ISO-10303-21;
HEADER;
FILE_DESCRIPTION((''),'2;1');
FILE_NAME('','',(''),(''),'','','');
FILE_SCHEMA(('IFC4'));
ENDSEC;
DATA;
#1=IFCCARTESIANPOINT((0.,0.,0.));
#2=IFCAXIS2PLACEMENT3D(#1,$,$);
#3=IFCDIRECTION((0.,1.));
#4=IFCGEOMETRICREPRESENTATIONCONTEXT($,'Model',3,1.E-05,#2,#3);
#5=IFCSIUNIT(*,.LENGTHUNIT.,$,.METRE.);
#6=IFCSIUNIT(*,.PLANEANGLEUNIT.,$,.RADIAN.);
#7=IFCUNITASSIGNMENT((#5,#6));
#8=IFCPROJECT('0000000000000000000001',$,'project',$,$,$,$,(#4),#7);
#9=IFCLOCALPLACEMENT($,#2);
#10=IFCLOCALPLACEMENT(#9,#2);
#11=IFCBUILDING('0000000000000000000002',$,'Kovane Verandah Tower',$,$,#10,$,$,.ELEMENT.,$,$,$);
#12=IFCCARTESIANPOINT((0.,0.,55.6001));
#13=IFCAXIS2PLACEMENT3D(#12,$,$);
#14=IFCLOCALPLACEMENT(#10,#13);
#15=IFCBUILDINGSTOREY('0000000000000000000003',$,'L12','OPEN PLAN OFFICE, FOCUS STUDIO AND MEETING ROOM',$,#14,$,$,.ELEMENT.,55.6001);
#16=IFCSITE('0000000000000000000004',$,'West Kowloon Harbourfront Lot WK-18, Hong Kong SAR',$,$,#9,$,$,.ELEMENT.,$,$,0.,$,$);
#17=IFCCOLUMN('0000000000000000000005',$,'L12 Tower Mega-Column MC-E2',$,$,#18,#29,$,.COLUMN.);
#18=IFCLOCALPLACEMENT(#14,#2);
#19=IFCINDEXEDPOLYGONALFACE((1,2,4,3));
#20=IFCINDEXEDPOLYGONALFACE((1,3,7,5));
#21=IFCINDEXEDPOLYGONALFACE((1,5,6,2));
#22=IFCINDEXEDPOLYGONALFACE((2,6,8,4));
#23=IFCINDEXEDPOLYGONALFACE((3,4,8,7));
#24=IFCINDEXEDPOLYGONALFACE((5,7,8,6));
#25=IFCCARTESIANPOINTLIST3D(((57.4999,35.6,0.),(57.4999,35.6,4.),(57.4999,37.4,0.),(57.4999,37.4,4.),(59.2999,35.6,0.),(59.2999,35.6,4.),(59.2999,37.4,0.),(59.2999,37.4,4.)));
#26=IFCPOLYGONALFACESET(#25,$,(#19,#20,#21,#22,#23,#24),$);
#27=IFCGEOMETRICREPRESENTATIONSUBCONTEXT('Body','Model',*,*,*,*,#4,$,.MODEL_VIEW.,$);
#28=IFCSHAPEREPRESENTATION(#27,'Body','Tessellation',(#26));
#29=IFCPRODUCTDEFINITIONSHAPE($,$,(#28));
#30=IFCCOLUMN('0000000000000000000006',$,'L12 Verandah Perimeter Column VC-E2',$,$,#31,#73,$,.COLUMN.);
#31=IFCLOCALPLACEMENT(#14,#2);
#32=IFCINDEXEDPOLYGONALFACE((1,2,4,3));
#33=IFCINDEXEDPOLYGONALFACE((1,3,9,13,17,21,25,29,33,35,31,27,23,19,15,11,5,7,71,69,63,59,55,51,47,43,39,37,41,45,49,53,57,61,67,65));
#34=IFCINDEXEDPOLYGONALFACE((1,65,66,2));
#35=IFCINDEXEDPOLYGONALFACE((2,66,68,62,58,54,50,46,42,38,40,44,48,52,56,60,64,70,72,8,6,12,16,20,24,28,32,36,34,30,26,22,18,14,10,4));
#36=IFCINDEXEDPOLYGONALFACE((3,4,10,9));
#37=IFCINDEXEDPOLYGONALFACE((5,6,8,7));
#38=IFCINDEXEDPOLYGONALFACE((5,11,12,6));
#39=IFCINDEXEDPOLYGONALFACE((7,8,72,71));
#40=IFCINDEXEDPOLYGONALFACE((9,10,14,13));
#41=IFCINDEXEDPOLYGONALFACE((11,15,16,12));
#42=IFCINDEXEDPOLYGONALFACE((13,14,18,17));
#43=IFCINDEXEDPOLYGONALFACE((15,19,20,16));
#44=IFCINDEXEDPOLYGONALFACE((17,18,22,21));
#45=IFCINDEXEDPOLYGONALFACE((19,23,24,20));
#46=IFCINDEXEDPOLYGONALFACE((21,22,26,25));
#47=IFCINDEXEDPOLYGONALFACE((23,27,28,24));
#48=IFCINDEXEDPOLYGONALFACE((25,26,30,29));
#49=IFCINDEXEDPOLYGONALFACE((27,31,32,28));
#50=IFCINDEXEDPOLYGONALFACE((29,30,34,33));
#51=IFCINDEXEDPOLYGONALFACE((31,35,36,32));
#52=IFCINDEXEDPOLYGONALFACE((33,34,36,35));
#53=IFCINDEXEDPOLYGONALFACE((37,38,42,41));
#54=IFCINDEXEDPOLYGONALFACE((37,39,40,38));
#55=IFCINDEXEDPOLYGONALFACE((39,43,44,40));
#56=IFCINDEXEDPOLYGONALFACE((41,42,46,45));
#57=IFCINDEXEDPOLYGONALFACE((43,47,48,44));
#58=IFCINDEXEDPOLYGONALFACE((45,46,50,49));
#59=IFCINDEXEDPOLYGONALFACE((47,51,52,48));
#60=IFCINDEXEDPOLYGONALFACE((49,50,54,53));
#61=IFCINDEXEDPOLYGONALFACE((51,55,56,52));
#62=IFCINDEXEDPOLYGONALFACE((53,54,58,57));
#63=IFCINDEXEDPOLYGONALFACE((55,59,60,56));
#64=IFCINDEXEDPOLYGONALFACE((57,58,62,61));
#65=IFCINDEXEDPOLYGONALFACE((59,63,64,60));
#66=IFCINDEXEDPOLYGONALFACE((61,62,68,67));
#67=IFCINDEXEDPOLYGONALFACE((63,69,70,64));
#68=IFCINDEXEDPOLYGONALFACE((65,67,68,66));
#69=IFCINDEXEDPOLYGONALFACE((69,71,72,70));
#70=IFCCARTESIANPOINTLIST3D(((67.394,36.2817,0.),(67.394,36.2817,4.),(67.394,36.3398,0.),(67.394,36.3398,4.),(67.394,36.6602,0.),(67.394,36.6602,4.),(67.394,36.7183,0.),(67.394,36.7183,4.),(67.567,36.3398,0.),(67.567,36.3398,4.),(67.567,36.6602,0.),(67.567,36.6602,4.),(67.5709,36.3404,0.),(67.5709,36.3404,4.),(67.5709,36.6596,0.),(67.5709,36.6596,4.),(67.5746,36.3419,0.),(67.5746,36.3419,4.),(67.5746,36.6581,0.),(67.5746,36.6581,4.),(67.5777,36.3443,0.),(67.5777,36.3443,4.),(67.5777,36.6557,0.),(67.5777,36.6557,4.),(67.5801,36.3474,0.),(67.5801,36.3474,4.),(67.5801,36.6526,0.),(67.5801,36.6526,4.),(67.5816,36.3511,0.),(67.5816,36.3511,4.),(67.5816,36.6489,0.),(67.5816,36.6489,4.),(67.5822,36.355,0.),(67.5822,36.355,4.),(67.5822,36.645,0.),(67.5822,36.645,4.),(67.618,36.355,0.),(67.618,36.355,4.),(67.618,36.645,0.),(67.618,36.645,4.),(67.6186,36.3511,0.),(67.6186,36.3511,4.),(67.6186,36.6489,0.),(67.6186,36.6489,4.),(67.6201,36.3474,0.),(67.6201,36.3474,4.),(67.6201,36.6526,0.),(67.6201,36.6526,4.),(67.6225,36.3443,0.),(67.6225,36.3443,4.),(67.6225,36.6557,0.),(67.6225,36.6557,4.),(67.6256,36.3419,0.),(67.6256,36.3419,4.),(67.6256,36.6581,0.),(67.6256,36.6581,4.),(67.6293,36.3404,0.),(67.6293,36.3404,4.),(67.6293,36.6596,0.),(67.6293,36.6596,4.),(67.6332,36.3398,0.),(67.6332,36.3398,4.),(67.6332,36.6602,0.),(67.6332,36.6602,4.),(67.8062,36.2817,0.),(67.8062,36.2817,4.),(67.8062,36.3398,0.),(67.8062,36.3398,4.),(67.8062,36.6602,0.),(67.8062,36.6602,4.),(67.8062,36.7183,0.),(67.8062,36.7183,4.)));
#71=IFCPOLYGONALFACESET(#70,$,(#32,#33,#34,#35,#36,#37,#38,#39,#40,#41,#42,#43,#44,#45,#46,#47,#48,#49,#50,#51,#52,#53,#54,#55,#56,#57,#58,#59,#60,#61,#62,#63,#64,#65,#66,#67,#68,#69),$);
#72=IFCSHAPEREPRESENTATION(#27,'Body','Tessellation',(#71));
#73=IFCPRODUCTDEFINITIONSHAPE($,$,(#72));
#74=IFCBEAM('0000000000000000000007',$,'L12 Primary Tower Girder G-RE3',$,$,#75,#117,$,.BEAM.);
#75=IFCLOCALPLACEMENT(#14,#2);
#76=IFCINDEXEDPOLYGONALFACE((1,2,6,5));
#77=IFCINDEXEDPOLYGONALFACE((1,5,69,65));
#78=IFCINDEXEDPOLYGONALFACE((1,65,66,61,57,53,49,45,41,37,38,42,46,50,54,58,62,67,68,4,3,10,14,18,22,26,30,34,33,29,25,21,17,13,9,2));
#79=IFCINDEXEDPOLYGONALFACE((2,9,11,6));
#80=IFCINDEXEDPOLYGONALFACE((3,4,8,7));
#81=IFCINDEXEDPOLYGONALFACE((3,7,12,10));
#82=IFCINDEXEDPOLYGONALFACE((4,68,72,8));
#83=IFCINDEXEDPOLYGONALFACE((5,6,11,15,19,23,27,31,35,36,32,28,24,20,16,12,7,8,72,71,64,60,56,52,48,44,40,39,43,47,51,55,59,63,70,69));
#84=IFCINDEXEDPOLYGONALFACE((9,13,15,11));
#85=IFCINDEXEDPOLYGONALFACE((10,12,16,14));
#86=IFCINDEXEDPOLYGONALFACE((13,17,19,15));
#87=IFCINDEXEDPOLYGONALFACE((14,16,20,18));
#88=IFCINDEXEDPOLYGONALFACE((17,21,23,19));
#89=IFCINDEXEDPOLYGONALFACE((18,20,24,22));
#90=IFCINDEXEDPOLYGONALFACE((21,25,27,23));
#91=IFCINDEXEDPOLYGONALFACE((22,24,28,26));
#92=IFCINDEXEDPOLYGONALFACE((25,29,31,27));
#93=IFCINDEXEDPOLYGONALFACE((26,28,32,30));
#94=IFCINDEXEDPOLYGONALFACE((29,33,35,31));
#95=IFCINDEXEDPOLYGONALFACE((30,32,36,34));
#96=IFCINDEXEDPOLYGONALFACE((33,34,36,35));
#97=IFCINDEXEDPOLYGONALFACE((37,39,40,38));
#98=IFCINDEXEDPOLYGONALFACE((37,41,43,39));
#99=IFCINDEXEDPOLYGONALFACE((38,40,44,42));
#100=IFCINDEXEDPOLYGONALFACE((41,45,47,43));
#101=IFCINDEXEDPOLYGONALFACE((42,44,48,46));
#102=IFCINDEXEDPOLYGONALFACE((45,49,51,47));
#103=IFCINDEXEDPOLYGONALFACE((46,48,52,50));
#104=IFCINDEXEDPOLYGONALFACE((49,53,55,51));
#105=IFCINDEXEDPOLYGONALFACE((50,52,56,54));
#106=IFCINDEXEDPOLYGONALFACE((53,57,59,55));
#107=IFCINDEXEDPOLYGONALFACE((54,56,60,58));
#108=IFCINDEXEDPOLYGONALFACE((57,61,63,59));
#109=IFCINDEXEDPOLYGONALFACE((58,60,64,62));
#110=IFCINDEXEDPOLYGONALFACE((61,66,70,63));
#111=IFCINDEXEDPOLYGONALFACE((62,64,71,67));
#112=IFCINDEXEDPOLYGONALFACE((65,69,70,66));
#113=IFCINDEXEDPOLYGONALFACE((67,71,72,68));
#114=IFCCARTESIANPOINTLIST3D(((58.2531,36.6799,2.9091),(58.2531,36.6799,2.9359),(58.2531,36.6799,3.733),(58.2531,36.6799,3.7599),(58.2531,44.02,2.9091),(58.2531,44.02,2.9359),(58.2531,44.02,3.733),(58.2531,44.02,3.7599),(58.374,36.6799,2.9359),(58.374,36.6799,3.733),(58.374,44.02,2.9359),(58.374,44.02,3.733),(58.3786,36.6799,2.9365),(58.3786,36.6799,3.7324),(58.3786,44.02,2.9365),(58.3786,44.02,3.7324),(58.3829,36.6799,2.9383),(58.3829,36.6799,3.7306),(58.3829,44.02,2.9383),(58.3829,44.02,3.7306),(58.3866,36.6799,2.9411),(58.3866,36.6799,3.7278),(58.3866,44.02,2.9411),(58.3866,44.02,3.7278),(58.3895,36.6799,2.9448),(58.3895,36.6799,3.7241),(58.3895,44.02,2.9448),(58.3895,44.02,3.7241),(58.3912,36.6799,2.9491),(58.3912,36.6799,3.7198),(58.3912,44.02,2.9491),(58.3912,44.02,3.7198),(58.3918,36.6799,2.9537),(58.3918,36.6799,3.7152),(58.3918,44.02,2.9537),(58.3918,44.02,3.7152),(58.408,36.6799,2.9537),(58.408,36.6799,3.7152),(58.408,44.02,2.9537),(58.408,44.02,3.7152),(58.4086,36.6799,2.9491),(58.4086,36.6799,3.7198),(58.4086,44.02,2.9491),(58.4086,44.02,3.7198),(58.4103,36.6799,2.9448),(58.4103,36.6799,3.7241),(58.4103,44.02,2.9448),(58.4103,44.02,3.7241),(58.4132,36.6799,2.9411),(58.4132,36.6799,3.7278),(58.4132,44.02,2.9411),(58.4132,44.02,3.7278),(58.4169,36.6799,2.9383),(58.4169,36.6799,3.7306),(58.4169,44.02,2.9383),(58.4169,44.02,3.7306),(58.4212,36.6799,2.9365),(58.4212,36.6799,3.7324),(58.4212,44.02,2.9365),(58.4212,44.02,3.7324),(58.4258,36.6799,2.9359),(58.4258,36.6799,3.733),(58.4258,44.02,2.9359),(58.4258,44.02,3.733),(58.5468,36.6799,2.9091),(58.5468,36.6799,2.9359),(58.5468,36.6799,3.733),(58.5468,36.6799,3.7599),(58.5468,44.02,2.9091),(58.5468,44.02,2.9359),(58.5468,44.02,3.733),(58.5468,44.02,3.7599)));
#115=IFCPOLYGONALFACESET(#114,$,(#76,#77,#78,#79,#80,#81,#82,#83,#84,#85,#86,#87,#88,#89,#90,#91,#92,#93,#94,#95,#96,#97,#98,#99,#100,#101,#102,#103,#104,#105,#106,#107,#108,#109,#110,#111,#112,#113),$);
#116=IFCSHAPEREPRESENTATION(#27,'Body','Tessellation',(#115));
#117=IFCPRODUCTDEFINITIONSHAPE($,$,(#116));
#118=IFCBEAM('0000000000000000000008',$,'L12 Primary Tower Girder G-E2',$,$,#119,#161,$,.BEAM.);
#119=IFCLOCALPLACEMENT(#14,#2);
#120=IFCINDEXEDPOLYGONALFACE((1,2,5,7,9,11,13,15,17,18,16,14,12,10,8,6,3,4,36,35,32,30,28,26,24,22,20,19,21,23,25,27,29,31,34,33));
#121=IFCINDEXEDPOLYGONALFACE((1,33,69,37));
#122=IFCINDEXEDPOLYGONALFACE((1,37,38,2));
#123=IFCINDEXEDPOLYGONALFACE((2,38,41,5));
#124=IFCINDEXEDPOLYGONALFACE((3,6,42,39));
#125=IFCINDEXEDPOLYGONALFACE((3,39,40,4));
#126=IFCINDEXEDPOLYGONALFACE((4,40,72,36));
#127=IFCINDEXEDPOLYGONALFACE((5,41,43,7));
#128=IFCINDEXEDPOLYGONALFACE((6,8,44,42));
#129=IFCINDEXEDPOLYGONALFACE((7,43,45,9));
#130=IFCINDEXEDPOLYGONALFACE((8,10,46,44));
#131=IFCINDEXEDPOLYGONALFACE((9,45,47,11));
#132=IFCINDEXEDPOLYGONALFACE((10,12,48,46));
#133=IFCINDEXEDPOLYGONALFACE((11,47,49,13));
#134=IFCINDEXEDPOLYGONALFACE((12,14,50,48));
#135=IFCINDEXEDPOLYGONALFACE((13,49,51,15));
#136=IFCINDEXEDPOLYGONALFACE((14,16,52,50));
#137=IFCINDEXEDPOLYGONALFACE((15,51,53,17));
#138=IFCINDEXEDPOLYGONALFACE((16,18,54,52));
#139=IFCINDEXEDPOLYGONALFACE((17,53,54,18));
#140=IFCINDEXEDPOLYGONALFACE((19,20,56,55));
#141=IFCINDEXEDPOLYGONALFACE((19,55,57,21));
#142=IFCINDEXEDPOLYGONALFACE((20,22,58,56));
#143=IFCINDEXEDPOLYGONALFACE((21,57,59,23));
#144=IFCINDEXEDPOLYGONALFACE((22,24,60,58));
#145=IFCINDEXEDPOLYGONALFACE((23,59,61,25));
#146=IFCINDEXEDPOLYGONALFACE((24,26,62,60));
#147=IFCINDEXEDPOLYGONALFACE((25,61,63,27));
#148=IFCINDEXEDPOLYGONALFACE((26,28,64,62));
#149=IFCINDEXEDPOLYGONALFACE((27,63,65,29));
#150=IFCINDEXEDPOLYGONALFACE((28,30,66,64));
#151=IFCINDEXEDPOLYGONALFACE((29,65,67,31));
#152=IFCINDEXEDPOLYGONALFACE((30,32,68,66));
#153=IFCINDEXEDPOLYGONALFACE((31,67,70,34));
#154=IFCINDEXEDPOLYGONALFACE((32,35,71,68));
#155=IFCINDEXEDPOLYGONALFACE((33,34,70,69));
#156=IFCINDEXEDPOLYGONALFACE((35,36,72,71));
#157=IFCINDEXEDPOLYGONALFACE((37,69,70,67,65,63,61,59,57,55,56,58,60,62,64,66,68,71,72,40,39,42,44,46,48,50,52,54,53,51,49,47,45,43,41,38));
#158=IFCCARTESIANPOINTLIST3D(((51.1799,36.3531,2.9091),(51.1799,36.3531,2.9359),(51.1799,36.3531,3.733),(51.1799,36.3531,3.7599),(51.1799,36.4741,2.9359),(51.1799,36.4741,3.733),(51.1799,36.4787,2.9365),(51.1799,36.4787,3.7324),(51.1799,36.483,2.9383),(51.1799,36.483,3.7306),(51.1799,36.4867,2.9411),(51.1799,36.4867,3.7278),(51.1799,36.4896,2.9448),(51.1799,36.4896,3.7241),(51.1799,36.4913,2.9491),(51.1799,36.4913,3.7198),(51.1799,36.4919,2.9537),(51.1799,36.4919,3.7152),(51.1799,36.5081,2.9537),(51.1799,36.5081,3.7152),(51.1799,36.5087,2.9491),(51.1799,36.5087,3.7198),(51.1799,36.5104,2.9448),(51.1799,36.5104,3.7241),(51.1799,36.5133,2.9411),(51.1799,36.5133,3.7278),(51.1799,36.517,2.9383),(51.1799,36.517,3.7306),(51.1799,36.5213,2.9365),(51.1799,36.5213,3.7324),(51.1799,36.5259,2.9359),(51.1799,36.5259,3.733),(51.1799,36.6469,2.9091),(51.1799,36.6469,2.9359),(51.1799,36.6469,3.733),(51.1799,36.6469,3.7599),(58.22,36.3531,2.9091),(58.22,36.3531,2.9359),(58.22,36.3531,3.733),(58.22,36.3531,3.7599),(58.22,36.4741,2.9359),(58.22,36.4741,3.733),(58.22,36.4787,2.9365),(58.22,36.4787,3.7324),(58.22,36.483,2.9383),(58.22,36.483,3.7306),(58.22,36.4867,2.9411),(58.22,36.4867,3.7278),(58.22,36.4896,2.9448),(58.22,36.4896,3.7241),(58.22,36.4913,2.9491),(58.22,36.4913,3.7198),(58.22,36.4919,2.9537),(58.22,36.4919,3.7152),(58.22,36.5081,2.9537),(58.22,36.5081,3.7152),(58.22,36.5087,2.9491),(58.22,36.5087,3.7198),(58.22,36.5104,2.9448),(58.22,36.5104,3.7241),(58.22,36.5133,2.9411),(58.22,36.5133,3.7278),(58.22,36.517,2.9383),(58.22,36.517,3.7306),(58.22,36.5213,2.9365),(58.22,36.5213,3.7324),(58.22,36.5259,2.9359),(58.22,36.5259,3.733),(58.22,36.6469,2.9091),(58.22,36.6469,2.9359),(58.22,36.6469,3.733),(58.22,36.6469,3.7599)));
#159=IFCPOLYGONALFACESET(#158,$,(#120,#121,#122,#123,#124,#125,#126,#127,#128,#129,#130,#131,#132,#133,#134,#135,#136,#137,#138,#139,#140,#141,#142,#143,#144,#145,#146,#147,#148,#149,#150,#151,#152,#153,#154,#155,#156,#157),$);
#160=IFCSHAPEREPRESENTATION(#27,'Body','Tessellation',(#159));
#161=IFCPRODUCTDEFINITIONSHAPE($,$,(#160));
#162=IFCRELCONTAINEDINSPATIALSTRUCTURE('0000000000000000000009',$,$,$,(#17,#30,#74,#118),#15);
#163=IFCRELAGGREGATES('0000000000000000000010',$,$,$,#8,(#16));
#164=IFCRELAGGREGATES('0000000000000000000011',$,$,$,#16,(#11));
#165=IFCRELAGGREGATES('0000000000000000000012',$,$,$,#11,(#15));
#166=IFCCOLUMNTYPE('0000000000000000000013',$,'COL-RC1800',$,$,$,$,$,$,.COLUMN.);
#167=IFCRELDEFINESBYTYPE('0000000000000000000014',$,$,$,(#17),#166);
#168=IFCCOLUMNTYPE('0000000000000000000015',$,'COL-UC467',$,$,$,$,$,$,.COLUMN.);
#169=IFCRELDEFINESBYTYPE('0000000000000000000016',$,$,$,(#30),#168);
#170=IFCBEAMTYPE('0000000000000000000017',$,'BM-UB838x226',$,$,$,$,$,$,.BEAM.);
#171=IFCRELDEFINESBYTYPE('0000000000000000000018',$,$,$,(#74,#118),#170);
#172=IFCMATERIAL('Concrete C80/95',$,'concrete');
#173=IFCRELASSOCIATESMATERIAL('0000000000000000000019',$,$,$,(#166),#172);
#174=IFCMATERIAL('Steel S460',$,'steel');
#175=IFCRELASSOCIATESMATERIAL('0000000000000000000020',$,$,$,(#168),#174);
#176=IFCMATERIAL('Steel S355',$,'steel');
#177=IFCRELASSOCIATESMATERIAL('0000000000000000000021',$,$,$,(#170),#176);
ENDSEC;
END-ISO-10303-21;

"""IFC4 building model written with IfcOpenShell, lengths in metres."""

from ifc_helpers import new_model, si_unit, direction, frame, origin, origin_2d, place, context, subcontext, project, spatial, rectangle, i_section, extrude, material, material_profile, profile_set, type_object, element, save


model = new_model("IFC4")

# Units and contexts
model_context = context("Model", 3, precision=1e-05, world=origin(), true_north=direction((0.0, 1.0)))
body_context = subcontext(model_context, "Body", "Model", "MODEL_VIEW")
ifc_project = project(units=[si_unit("LENGTHUNIT", "METRE"), si_unit("PLANEANGLEUNIT", "RADIAN")], contexts=[model_context])

# Site, building, storey
site_placement = place(None, origin())
site = spatial("IfcSite", under=ifc_project, at=site_placement, Name="West Kowloon Harbourfront Lot WK-18, Hong Kong SAR", CompositionType="ELEMENT", RefElevation=0.0)
building_placement = place(site_placement, origin())
building = spatial("IfcBuilding", under=site, at=building_placement, Name="Kovane Verandah Tower", CompositionType="ELEMENT")
storey_placement = place(building_placement, frame((0.0, 0.0, 55.6001)))
storey = spatial("IfcBuildingStorey", under=building, at=storey_placement, Name="L12", Description="OPEN PLAN OFFICE, FOCUS STUDIO AND MEETING ROOM", CompositionType="ELEMENT", Elevation=55.6001)

# Columns
ifc_material_1 = material(Name="Concrete C80/95", Category="concrete")
ifc_material_profile_1 = material_profile(ifc_material_1, rectangle(XDim=1.8, YDim=1.8, at=origin_2d()), Name="RC1800x1800")
ifc_profile_set_1 = profile_set([ifc_material_profile_1], Name="Concrete C80/95")
column_type_1 = type_object("IfcColumnType", Name="COL-RC1800", PredefinedType="COLUMN", material=ifc_profile_set_1)
column_1_placement = place(storey_placement, frame((58.3999, 36.5, 0.0), z_axis=(0.0, 0.0, 1.0), x_axis=(1.0, 0.0, 0.0)))
element("IfcColumn", 1, at=column_1_placement, inside=storey, type_object=column_type_1, Name="L12 Tower Mega-Column MC-E2", PredefinedType="COLUMN", context=body_context, shape_type="SweptSolid", body=[
    extrude(rectangle(XDim=1.8, YDim=1.8, at=origin_2d()), origin(), (0.0, 0.0, 1.0), 4.0),
])
ifc_material_2 = material(Name="Steel S460", Category="steel")
ifc_material_profile_2 = material_profile(ifc_material_2, i_section(OverallWidth=0.4121, OverallDepth=0.4365, WebThickness=0.0359, FlangeThickness=0.0581, FilletRadius=0.0151, at=origin_2d()), Name="UC356x406x467")
ifc_profile_set_2 = profile_set([ifc_material_profile_2], Name="Steel S460")
column_type_2 = type_object("IfcColumnType", Name="COL-UC467", PredefinedType="COLUMN", material=ifc_profile_set_2)
column_2_placement = place(storey_placement, frame((67.6001, 36.5, 0.0), z_axis=(0.0, 0.0, 1.0), x_axis=(1.0, 0.0, 0.0)))
element("IfcColumn", 2, at=column_2_placement, inside=storey, type_object=column_type_2, Name="L12 Verandah Perimeter Column VC-E2", PredefinedType="COLUMN", context=body_context, shape_type="SweptSolid", body=[
    extrude(i_section(OverallWidth=0.4121, OverallDepth=0.4365, WebThickness=0.0359, FlangeThickness=0.0581, FilletRadius=0.0151, at=origin_2d()), origin(), (0.0, 0.0, 1.0), 4.0),
])

# Beams
ifc_material_3 = material(Name="Steel S355", Category="steel")
ifc_material_profile_3 = material_profile(ifc_material_3, i_section(OverallWidth=0.2937, OverallDepth=0.8508, WebThickness=0.0161, FlangeThickness=0.0269, FilletRadius=0.0178, at=origin_2d()), Name="UB838x292x226")
ifc_profile_set_3 = profile_set([ifc_material_profile_3], Name="Steel S355")
beam_type_1 = type_object("IfcBeamType", Name="BM-UB838x226", PredefinedType="BEAM", material=ifc_profile_set_3)
beam_1_placement = place(storey_placement, frame((58.3999, 36.6799, 3.3345), z_axis=(0.0, 1.0, 0.0), x_axis=(-1.0, 0.0, 0.0)))
element("IfcBeam", 3, at=beam_1_placement, inside=storey, type_object=beam_type_1, Name="L12 Primary Tower Girder G-RE3", PredefinedType="BEAM", context=body_context, shape_type="SweptSolid", body=[
    extrude(i_section(OverallWidth=0.2937, OverallDepth=0.8508, WebThickness=0.0161, FlangeThickness=0.0269, FilletRadius=0.0178, at=origin_2d()), origin(), (0.0, 0.0, 1.0), 7.3401),
])
beam_2_placement = place(storey_placement, frame((51.1799, 36.5, 3.3345), z_axis=(1.0, 0.0, 0.0), x_axis=(0.0, 1.0, 0.0)))
element("IfcBeam", 4, at=beam_2_placement, inside=storey, type_object=beam_type_1, Name="L12 Primary Tower Girder G-E2", PredefinedType="BEAM", context=body_context, shape_type="SweptSolid", body=[
    extrude(i_section(OverallWidth=0.2937, OverallDepth=0.8508, WebThickness=0.0161, FlangeThickness=0.0269, FilletRadius=0.0178, at=origin_2d()), origin(), (0.0, 0.0, 1.0), 7.04),
])

save(model, "model.ifc")
